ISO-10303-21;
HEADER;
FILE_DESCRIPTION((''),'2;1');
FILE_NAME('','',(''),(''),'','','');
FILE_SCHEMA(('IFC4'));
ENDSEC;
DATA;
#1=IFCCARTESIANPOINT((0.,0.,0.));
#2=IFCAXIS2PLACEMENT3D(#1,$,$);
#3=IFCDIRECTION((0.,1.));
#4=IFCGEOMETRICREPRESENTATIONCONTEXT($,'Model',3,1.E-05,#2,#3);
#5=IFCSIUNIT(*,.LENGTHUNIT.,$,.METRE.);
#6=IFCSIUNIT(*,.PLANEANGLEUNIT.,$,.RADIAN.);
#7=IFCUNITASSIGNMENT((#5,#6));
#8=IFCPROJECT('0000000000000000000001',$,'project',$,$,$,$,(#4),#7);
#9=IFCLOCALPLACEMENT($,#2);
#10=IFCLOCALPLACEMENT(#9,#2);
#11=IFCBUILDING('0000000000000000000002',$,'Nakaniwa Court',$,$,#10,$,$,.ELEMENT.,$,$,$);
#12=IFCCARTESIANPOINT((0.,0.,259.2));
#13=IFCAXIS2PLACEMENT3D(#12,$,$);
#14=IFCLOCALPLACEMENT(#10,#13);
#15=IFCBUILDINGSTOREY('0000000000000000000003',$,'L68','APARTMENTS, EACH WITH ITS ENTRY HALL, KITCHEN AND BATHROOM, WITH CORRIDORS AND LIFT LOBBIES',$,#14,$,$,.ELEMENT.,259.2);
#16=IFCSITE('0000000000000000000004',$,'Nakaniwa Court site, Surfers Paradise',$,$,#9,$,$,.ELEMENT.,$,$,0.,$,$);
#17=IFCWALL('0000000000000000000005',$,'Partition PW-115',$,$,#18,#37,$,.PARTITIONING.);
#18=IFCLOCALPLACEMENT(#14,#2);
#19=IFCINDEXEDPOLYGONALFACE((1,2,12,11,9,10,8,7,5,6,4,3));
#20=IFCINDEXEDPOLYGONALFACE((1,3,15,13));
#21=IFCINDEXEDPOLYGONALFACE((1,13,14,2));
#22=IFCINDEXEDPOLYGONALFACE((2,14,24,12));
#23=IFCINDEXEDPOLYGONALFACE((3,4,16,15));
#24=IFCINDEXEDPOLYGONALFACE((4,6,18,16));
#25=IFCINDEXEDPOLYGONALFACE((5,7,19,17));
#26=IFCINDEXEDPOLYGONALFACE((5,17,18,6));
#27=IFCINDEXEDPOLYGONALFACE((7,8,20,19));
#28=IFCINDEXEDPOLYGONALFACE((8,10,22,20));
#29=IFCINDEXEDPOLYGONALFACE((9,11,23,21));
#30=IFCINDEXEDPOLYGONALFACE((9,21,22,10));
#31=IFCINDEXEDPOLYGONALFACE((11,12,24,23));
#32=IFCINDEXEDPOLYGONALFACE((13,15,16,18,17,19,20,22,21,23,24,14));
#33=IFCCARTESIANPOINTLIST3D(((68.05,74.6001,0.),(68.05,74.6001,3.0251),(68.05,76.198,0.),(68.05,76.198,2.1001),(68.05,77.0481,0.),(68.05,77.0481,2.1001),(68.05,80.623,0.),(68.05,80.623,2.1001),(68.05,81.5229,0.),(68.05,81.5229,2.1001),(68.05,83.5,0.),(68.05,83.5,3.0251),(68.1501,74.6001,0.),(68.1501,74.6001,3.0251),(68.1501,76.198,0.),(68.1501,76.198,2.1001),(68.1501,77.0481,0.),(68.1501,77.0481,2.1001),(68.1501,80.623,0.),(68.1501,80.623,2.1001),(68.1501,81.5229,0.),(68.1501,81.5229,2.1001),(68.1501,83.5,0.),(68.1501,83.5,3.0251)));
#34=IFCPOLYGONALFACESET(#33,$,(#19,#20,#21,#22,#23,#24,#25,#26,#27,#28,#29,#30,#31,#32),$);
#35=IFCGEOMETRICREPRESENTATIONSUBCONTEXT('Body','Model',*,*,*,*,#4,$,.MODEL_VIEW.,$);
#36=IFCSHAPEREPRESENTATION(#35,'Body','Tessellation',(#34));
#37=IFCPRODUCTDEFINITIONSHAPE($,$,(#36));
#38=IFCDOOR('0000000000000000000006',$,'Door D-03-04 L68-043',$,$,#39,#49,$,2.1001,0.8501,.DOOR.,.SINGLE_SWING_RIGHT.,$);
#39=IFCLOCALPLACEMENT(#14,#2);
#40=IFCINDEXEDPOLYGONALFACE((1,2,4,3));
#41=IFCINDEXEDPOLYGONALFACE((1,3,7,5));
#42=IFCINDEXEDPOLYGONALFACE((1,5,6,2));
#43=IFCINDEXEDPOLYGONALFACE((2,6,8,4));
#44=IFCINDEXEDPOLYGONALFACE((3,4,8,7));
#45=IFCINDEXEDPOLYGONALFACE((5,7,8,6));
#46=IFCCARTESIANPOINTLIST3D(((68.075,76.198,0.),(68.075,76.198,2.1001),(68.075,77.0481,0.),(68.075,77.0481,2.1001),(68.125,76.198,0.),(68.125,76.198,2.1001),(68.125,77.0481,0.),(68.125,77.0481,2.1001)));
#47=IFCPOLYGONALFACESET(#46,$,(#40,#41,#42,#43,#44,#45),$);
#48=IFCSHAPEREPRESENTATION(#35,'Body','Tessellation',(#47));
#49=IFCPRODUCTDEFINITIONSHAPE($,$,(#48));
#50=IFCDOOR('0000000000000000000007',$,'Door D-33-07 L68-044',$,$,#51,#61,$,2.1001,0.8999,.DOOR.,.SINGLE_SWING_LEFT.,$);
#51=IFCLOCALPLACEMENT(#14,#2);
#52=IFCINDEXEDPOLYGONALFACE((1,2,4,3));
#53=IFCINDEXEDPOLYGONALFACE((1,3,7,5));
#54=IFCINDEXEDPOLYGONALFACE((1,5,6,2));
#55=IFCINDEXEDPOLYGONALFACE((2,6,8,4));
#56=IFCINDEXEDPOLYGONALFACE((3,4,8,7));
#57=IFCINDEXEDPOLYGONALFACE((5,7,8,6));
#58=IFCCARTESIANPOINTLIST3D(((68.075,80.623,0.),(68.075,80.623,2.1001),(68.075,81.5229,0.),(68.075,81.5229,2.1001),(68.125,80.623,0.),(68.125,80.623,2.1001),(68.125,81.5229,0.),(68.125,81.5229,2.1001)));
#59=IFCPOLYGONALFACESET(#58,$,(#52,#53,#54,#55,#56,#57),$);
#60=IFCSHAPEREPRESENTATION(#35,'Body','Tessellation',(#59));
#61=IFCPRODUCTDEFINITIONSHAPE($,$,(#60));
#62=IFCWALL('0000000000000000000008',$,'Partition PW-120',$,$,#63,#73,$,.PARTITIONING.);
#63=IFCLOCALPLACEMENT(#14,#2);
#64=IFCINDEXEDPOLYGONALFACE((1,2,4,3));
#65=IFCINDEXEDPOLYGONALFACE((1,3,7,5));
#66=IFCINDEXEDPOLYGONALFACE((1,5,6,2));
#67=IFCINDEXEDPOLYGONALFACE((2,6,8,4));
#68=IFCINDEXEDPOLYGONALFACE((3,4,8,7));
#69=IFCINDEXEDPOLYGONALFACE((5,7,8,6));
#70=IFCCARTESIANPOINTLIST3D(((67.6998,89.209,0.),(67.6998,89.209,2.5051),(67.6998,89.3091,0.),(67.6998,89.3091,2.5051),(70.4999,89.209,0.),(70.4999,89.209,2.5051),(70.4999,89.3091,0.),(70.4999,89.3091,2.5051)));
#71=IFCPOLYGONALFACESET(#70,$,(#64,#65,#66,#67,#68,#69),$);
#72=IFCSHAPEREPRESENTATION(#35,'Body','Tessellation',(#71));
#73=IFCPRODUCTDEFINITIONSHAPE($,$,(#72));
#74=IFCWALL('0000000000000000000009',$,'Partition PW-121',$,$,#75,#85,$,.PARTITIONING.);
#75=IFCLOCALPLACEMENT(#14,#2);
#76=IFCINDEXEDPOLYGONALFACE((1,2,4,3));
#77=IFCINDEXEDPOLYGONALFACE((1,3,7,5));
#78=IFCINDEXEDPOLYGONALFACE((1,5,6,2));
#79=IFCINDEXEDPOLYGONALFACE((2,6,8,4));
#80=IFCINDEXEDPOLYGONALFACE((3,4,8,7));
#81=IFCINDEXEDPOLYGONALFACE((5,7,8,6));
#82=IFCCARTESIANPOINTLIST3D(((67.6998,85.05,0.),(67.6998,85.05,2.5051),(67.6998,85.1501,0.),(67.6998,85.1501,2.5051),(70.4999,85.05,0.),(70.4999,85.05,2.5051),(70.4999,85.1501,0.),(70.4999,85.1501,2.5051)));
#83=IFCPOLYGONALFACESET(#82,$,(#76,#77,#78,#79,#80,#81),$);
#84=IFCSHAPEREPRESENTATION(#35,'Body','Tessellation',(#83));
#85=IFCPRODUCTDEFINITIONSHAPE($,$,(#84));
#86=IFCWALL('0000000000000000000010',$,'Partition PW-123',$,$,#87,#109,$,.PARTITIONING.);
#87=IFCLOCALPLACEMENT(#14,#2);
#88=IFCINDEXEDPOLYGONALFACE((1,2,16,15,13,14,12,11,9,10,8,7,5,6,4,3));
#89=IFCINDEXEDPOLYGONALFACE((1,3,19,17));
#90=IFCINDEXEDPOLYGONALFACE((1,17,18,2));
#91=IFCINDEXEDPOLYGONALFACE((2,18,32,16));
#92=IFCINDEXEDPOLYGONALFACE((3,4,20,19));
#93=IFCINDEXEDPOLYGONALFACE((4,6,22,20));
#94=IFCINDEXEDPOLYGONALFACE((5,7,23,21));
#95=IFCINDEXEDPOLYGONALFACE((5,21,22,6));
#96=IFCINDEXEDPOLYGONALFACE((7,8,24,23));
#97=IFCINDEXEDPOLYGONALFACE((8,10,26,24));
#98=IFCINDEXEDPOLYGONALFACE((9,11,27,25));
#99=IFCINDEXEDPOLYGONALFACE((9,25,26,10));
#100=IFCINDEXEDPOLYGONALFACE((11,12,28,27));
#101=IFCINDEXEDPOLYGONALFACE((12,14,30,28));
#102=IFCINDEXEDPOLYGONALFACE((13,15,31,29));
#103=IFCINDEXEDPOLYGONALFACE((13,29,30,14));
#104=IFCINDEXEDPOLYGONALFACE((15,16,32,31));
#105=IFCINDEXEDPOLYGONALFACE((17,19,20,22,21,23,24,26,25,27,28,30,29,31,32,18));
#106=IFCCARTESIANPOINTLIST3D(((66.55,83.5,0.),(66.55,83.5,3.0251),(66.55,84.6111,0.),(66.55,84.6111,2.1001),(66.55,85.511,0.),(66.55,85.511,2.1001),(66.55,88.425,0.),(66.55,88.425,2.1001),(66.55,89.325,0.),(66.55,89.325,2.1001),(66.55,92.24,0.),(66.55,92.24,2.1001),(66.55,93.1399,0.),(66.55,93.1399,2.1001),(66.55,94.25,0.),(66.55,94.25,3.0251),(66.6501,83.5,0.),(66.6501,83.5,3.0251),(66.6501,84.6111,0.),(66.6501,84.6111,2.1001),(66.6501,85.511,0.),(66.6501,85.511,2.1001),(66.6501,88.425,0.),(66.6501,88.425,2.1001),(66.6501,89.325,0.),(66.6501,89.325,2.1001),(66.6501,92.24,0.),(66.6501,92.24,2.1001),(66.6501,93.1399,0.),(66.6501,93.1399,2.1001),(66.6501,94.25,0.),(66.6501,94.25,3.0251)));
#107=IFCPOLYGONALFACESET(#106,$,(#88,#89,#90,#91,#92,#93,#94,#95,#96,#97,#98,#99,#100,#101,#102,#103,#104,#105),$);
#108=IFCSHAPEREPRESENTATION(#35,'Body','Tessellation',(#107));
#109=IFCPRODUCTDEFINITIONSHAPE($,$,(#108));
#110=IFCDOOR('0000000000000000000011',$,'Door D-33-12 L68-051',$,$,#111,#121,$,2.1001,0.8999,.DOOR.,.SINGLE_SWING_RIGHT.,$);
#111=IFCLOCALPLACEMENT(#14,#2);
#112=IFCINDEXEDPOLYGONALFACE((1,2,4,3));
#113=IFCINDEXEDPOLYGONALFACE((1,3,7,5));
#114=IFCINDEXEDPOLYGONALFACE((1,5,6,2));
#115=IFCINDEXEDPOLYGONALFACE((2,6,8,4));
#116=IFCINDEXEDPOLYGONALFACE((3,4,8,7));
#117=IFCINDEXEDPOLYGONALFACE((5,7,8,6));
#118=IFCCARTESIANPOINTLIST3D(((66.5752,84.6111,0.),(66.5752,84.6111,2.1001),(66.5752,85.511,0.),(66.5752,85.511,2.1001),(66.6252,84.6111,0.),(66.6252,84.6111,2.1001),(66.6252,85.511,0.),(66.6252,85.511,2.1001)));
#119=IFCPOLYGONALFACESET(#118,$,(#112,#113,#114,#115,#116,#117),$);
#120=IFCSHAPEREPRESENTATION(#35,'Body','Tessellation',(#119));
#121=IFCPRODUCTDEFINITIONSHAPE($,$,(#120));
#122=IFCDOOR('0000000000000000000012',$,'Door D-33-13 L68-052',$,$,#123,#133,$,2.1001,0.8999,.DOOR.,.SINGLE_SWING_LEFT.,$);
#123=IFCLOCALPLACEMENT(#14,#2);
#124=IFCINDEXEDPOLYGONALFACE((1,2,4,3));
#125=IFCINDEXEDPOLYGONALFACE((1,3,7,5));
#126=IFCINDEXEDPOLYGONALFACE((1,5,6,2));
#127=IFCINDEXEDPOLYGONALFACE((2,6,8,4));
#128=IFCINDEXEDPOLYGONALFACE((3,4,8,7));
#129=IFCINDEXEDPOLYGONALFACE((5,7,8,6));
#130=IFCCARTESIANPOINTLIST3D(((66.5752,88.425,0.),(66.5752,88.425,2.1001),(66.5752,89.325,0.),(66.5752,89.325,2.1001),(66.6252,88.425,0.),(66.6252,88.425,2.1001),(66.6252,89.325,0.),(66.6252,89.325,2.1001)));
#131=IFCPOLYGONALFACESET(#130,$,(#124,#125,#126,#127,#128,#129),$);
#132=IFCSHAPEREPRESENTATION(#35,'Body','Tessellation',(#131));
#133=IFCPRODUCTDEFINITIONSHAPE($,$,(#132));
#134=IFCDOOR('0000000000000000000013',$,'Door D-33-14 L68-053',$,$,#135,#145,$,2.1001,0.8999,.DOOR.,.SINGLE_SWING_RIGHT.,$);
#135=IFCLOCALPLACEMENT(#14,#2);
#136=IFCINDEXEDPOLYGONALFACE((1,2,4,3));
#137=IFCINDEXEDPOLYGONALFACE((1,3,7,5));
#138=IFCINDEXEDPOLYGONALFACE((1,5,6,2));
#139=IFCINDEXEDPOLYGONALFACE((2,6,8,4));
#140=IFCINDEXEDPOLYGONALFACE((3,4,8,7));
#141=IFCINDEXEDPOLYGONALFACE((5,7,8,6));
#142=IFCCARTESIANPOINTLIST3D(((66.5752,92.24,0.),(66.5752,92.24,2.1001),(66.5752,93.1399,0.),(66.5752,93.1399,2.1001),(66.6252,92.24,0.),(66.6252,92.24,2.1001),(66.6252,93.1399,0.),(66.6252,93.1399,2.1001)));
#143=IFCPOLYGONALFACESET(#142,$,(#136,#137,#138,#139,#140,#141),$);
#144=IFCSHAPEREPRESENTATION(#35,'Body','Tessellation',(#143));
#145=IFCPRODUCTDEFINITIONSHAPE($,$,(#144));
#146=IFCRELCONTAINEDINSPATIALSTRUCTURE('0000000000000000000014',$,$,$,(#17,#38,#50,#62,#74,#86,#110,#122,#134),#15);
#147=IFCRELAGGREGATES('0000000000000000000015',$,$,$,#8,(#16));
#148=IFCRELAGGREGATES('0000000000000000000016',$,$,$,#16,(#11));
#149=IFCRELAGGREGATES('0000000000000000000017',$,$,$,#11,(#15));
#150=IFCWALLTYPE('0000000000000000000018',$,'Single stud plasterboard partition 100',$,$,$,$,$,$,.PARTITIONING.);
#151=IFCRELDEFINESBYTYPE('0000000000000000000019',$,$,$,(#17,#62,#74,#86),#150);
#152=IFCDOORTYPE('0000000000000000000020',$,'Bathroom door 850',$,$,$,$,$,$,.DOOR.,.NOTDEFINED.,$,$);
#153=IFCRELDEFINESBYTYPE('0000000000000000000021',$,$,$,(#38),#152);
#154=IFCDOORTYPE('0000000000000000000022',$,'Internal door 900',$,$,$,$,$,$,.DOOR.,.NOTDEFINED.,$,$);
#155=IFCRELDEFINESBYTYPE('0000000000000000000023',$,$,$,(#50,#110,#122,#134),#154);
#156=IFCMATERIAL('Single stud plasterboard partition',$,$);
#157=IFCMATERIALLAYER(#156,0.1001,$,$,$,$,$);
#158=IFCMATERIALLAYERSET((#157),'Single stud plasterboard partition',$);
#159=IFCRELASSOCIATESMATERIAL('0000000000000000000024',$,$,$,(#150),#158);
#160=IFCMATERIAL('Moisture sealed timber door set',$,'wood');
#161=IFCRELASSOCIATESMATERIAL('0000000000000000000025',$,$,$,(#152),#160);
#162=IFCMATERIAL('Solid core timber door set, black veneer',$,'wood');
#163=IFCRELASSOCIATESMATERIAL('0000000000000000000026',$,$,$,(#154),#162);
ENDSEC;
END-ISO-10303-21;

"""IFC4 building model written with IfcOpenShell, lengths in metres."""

from ifc_helpers import new_model, si_unit, direction, frame, frame_2d, origin, place, context, subcontext, project, spatial, rectangle, extrude, material, layer, layer_set, type_object, element, fill, save


model = new_model("IFC4")

# Units and contexts
model_context = context("Model", 3, precision=1e-05, world=origin(), true_north=direction((0.0, 1.0)))
body_context = subcontext(model_context, "Body", "Model", "MODEL_VIEW")
ifc_project = project(units=[si_unit("LENGTHUNIT", "METRE"), si_unit("PLANEANGLEUNIT", "RADIAN")], contexts=[model_context])

# Site, building, storey
site_placement = place(None, origin())
site = spatial("IfcSite", under=ifc_project, at=site_placement, Name="Nakaniwa Court site, Surfers Paradise", CompositionType="ELEMENT", RefElevation=0.0)
building_placement = place(site_placement, origin())
building = spatial("IfcBuilding", under=site, at=building_placement, Name="Nakaniwa Court", CompositionType="ELEMENT")
storey_placement = place(building_placement, frame((0.0, 0.0, 259.2)))
storey = spatial("IfcBuildingStorey", under=building, at=storey_placement, Name="L68", Description="APARTMENTS, EACH WITH ITS ENTRY HALL, KITCHEN AND BATHROOM, WITH CORRIDORS AND LIFT LOBBIES", CompositionType="ELEMENT", Elevation=259.2)

# Wall, openings, doors
ifc_material_1 = material(Name="Single stud plasterboard partition")
ifc_layer_1 = layer(ifc_material_1, 0.1001)
ifc_layer_set_1 = layer_set([ifc_layer_1], Name="Single stud plasterboard partition")
wall_type_1 = type_object("IfcWallType", Name="Single stud plasterboard partition 100", PredefinedType="PARTITIONING", material=ifc_layer_set_1)
wall_1_placement = place(storey_placement, frame((68.1001, 83.5, 0.0), z_axis=(0.0, 0.0, 1.0), x_axis=(0.0, -1.0, 0.0)))
wall_1 = element("IfcWall", 1, at=wall_1_placement, inside=storey, type_object=wall_type_1, Name="Partition PW-115", PredefinedType="PARTITIONING", context=body_context, shape_type="SweptSolid", body=[
    extrude(rectangle(XDim=8.8999, YDim=0.1001, at=frame_2d((4.45, 0.0))), origin(), (0.0, 0.0, 1.0), 3.0251),
])
opening_1_placement = place(wall_1_placement, frame((6.4519, 0.0, 0.0)))
opening_1 = element("IfcOpeningElement", 2, at=opening_1_placement, cuts=wall_1, PredefinedType="OPENING", context=body_context, shape_type="SweptSolid", body=[
    extrude(rectangle(XDim=0.8501, YDim=2.1001, at=frame_2d((0.425, 1.05))), frame((0.0, 0.0601, 0.0), z_axis=(0.0, -1.0, 0.0), x_axis=(1.0, 0.0, 0.0)), (0.0, 0.0, 1.0), 0.1201),
])
opening_2_placement = place(wall_1_placement, frame((1.9771, 0.0, 0.0)))
opening_2 = element("IfcOpeningElement", 3, at=opening_2_placement, cuts=wall_1, PredefinedType="OPENING", context=body_context, shape_type="SweptSolid", body=[
    extrude(rectangle(XDim=0.8999, YDim=2.1001, at=frame_2d((0.45, 1.05))), frame((0.0, 0.0601, 0.0), z_axis=(0.0, -1.0, 0.0), x_axis=(1.0, 0.0, 0.0)), (0.0, 0.0, 1.0), 0.1201),
])
ifc_material_2 = material(Name="Moisture sealed timber door set", Category="wood")
door_type_1 = type_object("IfcDoorType", Name="Bathroom door 850", OperationType="NOTDEFINED", PredefinedType="DOOR", material=ifc_material_2)
door_1_placement = place(opening_1_placement, origin())
door_1 = element("IfcDoor", 4, at=door_1_placement, inside=storey, type_object=door_type_1, Name="Door D-03-04 L68-043", OperationType="SINGLE_SWING_RIGHT", OverallHeight=2.1001, OverallWidth=0.8501, PredefinedType="DOOR", context=body_context, shape_type="SweptSolid", body=[
    extrude(rectangle(XDim=0.8501, YDim=2.1001, at=frame_2d((0.425, 1.05))), frame((0.0, 0.0249, 0.0), z_axis=(0.0, -1.0, 0.0), x_axis=(1.0, 0.0, 0.0)), (0.0, 0.0, 1.0), 0.05),
])
fill(opening_1, door_1)
ifc_material_3 = material(Name="Solid core timber door set, black veneer", Category="wood")
door_type_2 = type_object("IfcDoorType", Name="Internal door 900", OperationType="NOTDEFINED", PredefinedType="DOOR", material=ifc_material_3)
door_2_placement = place(opening_2_placement, origin())
door_2 = element("IfcDoor", 5, at=door_2_placement, inside=storey, type_object=door_type_2, Name="Door D-33-07 L68-044", OperationType="SINGLE_SWING_LEFT", OverallHeight=2.1001, OverallWidth=0.8999, PredefinedType="DOOR", context=body_context, shape_type="SweptSolid", body=[
    extrude(rectangle(XDim=0.8999, YDim=2.1001, at=frame_2d((0.45, 1.05))), frame((0.0, 0.0249, 0.0), z_axis=(0.0, -1.0, 0.0), x_axis=(1.0, 0.0, 0.0)), (0.0, 0.0, 1.0), 0.05),
])
fill(opening_2, door_2)

# Walls
for number, where, z_axis, x_axis, name in (
    (6, (67.7, 89.259, 0.0), (0.0, 0.0, 1.0), (1.0, 0.0, 0.0), "Partition PW-120"),
    (7, (67.7, 85.1001, 0.0), (0.0, 0.0, 1.0), (1.0, 0.0, 0.0), "Partition PW-121"),
):
    element("IfcWall", number, at=place(storey_placement, frame(where, z_axis=z_axis, x_axis=x_axis)), inside=storey, type_object=wall_type_1, Name=name, PredefinedType="PARTITIONING", context=body_context, shape_type="SweptSolid", body=[
        extrude(rectangle(XDim=2.8, YDim=0.1001, at=frame_2d((1.3999, 0.0))), origin(), (0.0, 0.0, 1.0), 2.5051),
    ])

# Wall, openings, doors
wall_2_placement = place(storey_placement, frame((66.6001, 83.5, 0.0), z_axis=(0.0, 0.0, 1.0), x_axis=(0.0, 1.0, 0.0)))
wall_2 = element("IfcWall", 8, at=wall_2_placement, inside=storey, type_object=wall_type_1, Name="Partition PW-123", PredefinedType="PARTITIONING", context=body_context, shape_type="SweptSolid", body=[
    extrude(rectangle(XDim=10.75, YDim=0.1001, at=frame_2d((5.375, 0.0))), origin(), (0.0, 0.0, 1.0), 3.0251),
])
opening_3_placement = place(wall_2_placement, frame((1.1111, 0.0, 0.0)))
opening_3 = element("IfcOpeningElement", 9, at=opening_3_placement, cuts=wall_2, PredefinedType="OPENING", context=body_context, shape_type="SweptSolid", body=[
    extrude(rectangle(XDim=0.8999, YDim=2.1001, at=frame_2d((0.45, 1.05))), frame((0.0, 0.0601, 0.0), z_axis=(0.0, -1.0, 0.0), x_axis=(1.0, 0.0, 0.0)), (0.0, 0.0, 1.0), 0.1201),
])
opening_4_placement = place(wall_2_placement, frame((4.925, 0.0, 0.0)))
opening_4 = element("IfcOpeningElement", 10, at=opening_4_placement, cuts=wall_2, PredefinedType="OPENING", context=body_context, shape_type="SweptSolid", body=[
    extrude(rectangle(XDim=0.8999, YDim=2.1001, at=frame_2d((0.45, 1.05))), frame((0.0, 0.0601, 0.0), z_axis=(0.0, -1.0, 0.0), x_axis=(1.0, 0.0, 0.0)), (0.0, 0.0, 1.0), 0.1201),
])
opening_5_placement = place(wall_2_placement, frame((8.74, 0.0, 0.0)))
opening_5 = element("IfcOpeningElement", 11, at=opening_5_placement, cuts=wall_2, PredefinedType="OPENING", context=body_context, shape_type="SweptSolid", body=[
    extrude(rectangle(XDim=0.8999, YDim=2.1001, at=frame_2d((0.45, 1.05))), frame((0.0, 0.0601, 0.0), z_axis=(0.0, -1.0, 0.0), x_axis=(1.0, 0.0, 0.0)), (0.0, 0.0, 1.0), 0.1201),
])
door_3_placement = place(opening_3_placement, origin())
door_3 = element("IfcDoor", 12, at=door_3_placement, inside=storey, type_object=door_type_2, Name="Door D-33-12 L68-051", OperationType="SINGLE_SWING_RIGHT", OverallHeight=2.1001, OverallWidth=0.8999, PredefinedType="DOOR", context=body_context, shape_type="SweptSolid", body=[
    extrude(rectangle(XDim=0.8999, YDim=2.1001, at=frame_2d((0.45, 1.05))), frame((0.0, 0.0249, 0.0), z_axis=(0.0, -1.0, 0.0), x_axis=(1.0, 0.0, 0.0)), (0.0, 0.0, 1.0), 0.05),
])
fill(opening_3, door_3)
door_4_placement = place(opening_4_placement, origin())
door_4 = element("IfcDoor", 13, at=door_4_placement, inside=storey, type_object=door_type_2, Name="Door D-33-13 L68-052", OperationType="SINGLE_SWING_LEFT", OverallHeight=2.1001, OverallWidth=0.8999, PredefinedType="DOOR", context=body_context, shape_type="SweptSolid", body=[
    extrude(rectangle(XDim=0.8999, YDim=2.1001, at=frame_2d((0.45, 1.05))), frame((0.0, 0.0249, 0.0), z_axis=(0.0, -1.0, 0.0), x_axis=(1.0, 0.0, 0.0)), (0.0, 0.0, 1.0), 0.05),
])
fill(opening_4, door_4)
door_5_placement = place(opening_5_placement, origin())
door_5 = element("IfcDoor", 14, at=door_5_placement, inside=storey, type_object=door_type_2, Name="Door D-33-14 L68-053", OperationType="SINGLE_SWING_RIGHT", OverallHeight=2.1001, OverallWidth=0.8999, PredefinedType="DOOR", context=body_context, shape_type="SweptSolid", body=[
    extrude(rectangle(XDim=0.8999, YDim=2.1001, at=frame_2d((0.45, 1.05))), frame((0.0, 0.0249, 0.0), z_axis=(0.0, -1.0, 0.0), x_axis=(1.0, 0.0, 0.0)), (0.0, 0.0, 1.0), 0.05),
])
fill(opening_5, door_5)

save(model, "model.ifc")
